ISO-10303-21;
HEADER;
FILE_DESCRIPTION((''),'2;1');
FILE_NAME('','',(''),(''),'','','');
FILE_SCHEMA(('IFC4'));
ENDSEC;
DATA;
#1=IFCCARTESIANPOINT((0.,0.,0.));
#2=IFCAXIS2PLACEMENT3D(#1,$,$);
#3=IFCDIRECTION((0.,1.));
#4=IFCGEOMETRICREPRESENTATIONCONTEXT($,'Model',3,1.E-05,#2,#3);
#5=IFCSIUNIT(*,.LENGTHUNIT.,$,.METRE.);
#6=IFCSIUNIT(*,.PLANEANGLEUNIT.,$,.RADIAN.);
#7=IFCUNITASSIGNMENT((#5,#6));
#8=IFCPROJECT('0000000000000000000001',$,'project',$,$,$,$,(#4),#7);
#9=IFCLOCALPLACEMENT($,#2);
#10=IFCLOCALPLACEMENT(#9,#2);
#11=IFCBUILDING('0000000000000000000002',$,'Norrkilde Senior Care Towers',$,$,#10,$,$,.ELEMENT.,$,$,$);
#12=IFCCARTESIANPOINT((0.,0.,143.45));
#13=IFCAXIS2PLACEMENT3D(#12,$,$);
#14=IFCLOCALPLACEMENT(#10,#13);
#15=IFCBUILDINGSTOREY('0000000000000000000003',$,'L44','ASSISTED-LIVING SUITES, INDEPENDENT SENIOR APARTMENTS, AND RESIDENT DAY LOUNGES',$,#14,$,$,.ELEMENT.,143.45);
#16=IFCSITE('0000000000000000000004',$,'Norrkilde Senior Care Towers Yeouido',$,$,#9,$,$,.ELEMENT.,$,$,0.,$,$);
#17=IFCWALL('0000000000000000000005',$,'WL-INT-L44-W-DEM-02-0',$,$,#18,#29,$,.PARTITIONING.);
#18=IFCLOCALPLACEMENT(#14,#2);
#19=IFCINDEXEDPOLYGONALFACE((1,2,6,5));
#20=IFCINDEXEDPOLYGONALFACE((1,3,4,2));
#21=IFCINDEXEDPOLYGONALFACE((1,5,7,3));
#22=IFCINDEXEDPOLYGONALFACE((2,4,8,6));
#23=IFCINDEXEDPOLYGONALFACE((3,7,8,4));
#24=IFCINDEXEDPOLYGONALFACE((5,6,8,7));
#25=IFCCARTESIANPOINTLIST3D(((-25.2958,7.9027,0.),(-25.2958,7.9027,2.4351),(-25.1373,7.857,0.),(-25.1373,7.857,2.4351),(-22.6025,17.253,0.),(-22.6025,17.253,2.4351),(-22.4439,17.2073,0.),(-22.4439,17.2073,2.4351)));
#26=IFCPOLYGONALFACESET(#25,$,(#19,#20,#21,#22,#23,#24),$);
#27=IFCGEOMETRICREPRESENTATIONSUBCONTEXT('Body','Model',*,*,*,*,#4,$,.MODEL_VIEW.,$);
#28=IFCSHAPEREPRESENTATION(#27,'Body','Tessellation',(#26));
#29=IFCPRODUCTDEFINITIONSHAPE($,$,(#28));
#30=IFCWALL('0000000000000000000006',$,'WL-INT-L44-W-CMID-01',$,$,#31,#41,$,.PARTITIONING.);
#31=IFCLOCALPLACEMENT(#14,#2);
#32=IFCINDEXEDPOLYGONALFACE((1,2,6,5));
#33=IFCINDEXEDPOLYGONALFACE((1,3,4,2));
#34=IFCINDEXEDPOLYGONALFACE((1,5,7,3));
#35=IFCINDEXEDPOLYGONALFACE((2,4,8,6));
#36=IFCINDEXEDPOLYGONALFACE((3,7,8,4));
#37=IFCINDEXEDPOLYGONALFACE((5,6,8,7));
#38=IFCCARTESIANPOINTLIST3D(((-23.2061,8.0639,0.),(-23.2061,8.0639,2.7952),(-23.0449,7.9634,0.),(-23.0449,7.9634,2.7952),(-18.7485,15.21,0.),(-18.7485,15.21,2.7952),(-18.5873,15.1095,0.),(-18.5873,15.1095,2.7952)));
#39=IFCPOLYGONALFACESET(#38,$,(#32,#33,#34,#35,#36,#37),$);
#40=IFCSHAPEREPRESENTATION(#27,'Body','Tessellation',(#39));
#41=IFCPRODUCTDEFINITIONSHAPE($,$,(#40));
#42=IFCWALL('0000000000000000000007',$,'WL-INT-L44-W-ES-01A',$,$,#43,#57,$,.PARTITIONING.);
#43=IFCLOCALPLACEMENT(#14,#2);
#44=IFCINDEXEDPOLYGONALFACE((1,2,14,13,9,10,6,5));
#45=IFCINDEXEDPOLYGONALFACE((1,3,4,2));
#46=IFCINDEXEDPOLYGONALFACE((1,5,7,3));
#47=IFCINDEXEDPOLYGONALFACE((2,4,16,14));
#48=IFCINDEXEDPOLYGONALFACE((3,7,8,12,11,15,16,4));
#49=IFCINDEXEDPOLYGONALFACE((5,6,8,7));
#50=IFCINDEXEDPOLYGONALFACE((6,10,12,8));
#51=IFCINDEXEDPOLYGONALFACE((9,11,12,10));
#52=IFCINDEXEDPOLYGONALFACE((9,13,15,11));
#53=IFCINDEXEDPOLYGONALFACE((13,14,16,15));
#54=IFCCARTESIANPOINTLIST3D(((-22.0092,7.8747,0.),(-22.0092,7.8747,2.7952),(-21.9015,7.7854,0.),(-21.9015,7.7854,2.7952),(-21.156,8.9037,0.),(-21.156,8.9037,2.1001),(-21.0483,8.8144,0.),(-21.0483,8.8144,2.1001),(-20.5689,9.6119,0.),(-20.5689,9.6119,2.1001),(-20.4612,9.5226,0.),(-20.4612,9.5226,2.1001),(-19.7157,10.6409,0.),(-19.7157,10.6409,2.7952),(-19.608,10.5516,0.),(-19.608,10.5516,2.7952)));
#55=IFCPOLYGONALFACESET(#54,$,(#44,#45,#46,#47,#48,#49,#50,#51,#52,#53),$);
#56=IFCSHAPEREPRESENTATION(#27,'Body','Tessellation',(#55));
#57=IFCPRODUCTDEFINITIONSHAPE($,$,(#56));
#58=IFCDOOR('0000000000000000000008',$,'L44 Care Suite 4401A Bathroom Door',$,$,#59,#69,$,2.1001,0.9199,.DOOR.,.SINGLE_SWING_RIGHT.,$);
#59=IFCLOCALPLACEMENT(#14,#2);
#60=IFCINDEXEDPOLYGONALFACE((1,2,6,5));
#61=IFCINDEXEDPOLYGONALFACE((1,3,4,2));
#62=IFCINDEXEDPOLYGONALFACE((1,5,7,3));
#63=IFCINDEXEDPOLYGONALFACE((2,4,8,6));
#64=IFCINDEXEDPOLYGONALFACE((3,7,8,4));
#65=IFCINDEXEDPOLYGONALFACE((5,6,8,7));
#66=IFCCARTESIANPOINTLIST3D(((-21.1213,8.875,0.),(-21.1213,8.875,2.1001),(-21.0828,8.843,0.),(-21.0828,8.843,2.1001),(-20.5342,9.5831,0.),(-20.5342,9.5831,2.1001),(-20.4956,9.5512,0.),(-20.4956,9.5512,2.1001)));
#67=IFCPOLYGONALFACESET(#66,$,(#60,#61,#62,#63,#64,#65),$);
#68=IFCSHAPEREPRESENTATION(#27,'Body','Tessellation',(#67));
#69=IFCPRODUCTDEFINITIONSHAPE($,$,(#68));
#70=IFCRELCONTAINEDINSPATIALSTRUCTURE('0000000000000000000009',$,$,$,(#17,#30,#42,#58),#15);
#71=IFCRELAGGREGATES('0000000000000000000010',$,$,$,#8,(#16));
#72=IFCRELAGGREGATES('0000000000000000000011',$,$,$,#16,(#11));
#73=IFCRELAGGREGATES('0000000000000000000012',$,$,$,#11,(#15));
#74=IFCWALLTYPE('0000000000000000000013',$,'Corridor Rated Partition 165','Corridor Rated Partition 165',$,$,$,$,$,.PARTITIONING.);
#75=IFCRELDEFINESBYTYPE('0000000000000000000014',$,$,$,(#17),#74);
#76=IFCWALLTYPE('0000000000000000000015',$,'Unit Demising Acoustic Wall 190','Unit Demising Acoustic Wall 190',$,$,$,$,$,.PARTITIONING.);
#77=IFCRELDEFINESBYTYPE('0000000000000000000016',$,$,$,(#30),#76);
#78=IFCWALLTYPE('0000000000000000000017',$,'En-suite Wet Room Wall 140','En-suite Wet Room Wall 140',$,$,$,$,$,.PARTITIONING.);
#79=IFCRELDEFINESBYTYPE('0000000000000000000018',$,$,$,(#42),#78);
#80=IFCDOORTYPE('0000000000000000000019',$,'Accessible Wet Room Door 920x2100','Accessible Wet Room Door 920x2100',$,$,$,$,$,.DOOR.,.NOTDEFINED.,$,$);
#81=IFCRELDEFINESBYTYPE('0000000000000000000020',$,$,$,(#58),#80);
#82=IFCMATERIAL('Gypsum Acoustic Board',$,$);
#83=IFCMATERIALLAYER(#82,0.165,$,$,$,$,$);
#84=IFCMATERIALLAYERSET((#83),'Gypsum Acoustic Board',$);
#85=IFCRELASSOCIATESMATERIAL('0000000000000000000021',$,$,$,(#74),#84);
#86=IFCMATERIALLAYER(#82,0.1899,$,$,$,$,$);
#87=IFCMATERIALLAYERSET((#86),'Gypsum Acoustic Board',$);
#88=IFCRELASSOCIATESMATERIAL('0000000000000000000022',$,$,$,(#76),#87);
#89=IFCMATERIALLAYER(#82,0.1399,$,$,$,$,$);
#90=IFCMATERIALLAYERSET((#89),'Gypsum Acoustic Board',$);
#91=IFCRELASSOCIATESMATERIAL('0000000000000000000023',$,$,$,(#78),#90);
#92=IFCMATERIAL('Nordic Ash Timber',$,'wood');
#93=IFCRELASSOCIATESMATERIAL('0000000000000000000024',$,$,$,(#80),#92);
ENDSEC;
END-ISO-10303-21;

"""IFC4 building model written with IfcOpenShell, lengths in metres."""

from ifc_helpers import new_model, si_unit, direction, frame, frame_2d, origin, place, context, subcontext, project, spatial, rectangle, extrude, source, transform, mapped, material, layer, layer_set, type_object, type_shapes, element, fill, save


model = new_model("IFC4")

# Units and contexts
model_context = context("Model", 3, precision=1e-05, world=origin(), true_north=direction((0.0, 1.0)))
body_context = subcontext(model_context, "Body", "Model", "MODEL_VIEW")
ifc_project = project(units=[si_unit("LENGTHUNIT", "METRE"), si_unit("PLANEANGLEUNIT", "RADIAN")], contexts=[model_context])

# Site, building, storey
site_placement = place(None, origin())
site = spatial("IfcSite", under=ifc_project, at=site_placement, Name="Norrkilde Senior Care Towers Yeouido", CompositionType="ELEMENT", RefElevation=0.0)
building_placement = place(site_placement, origin())
building = spatial("IfcBuilding", under=site, at=building_placement, Name="Norrkilde Senior Care Towers", CompositionType="ELEMENT")
storey_placement = place(building_placement, frame((0.0, 0.0, 143.45)))
storey = spatial("IfcBuildingStorey", under=building, at=storey_placement, Name="L44", Description="ASSISTED-LIVING SUITES, INDEPENDENT SENIOR APARTMENTS, AND RESIDENT DAY LOUNGES", CompositionType="ELEMENT", Elevation=143.45)

# Walls
ifc_material_1 = material(Name="Gypsum Acoustic Board")
ifc_layer_1 = layer(ifc_material_1, 0.165)
ifc_layer_set_1 = layer_set([ifc_layer_1], Name="Gypsum Acoustic Board")
wall_type_1 = type_object("IfcWallType", Name="Corridor Rated Partition 165", Description="Corridor Rated Partition 165", PredefinedType="PARTITIONING", material=ifc_layer_set_1)
shared_shape_1 = source(origin(), body_context, "Body", "SweptSolid", [
    extrude(rectangle(XDim=9.7305, YDim=0.165, at=frame_2d((4.8652, 0.0))), origin(), (0.0, 0.0, 1.0), 2.4351),
])
wall_1_placement = place(storey_placement, frame((-25.2166, 7.8799, 0.0), z_axis=(0.0, 0.0, 1.0), x_axis=(0.276795, 0.960929, 0.0)))
element("IfcWall", 1, at=wall_1_placement, inside=storey, type_object=wall_type_1, Name="WL-INT-L44-W-DEM-02-0", PredefinedType="PARTITIONING", context=body_context, shape_type="MappedRepresentation", body=[
    mapped(shared_shape_1, transform((0.0, 0.0, 0.0), x_axis=(1.0, 0.0, 0.0), y_axis=(0.0, 1.0, 0.0), z_axis=(0.0, 0.0, 1.0), scale=1.0)),
])
ifc_layer_2 = layer(ifc_material_1, 0.1899)
ifc_layer_set_2 = layer_set([ifc_layer_2], Name="Gypsum Acoustic Board")
wall_type_2 = type_object("IfcWallType", Name="Unit Demising Acoustic Wall 190", Description="Unit Demising Acoustic Wall 190", PredefinedType="PARTITIONING", material=ifc_layer_set_2)
shared_shape_2 = source(origin(), body_context, "Body", "SweptSolid", [
    extrude(rectangle(XDim=8.4224, YDim=0.1899, at=frame_2d((4.2112, 0.0))), origin(), (0.0, 0.0, 1.0), 2.7952),
])
type_shapes(wall_type_2, [shared_shape_2])
wall_2_placement = place(storey_placement, frame((-23.1255, 8.0137, 0.0), z_axis=(0.0, 0.0, 1.0), x_axis=(0.529254, 0.848464, 0.0)))
element("IfcWall", 2, at=wall_2_placement, inside=storey, type_object=wall_type_2, Name="WL-INT-L44-W-CMID-01", PredefinedType="PARTITIONING", context=body_context, shape_type="MappedRepresentation", body=[
    mapped(shared_shape_2, transform((0.0, 0.0, 0.0), x_axis=(1.0, 0.0, 0.0), y_axis=(0.0, 1.0, 0.0), z_axis=(0.0, 0.0, 1.0), scale=1.0)),
])

# Wall, opening, door
ifc_layer_3 = layer(ifc_material_1, 0.1399)
ifc_layer_set_3 = layer_set([ifc_layer_3], Name="Gypsum Acoustic Board")
wall_type_3 = type_object("IfcWallType", Name="En-suite Wet Room Wall 140", Description="En-suite Wet Room Wall 140", PredefinedType="PARTITIONING", material=ifc_layer_set_3)
shared_shape_3 = source(origin(), body_context, "Body", "SweptSolid", [
    extrude(rectangle(XDim=3.5933, YDim=0.1399, at=frame_2d((1.7966, 0.0))), origin(), (0.0, 0.0, 1.0), 2.7952),
])
type_shapes(wall_type_3, [shared_shape_3])
wall_3_placement = place(storey_placement, frame((-21.9553, 7.8301, 0.0), z_axis=(0.0, 0.0, 1.0), x_axis=(0.638271, 0.769812, 0.0)))
wall_3 = element("IfcWall", 3, at=wall_3_placement, inside=storey, type_object=wall_type_3, Name="WL-INT-L44-W-ES-01A", PredefinedType="PARTITIONING", context=body_context, shape_type="MappedRepresentation", body=[
    mapped(shared_shape_3, transform((0.0, 0.0, 0.0), x_axis=(1.0, 0.0, 0.0), y_axis=(0.0, 1.0, 0.0), z_axis=(0.0, 0.0, 1.0), scale=1.0)),
])
opening_placement = place(wall_3_placement, frame((1.3367, 0.0, 0.0)))
opening = element("IfcOpeningElement", 4, at=opening_placement, cuts=wall_3, PredefinedType="OPENING", context=body_context, shape_type="SweptSolid", body=[
    extrude(rectangle(XDim=0.9199, YDim=2.1001, at=frame_2d((0.46, 1.05))), frame((0.0, 0.0798, 0.0), z_axis=(0.0, -1.0, 0.0), x_axis=(1.0, 0.0, 0.0)), (0.0, 0.0, 1.0), 0.1599),
])
ifc_material_2 = material(Name="Nordic Ash Timber", Category="wood")
door_type = type_object("IfcDoorType", Name="Accessible Wet Room Door 920x2100", Description="Accessible Wet Room Door 920x2100", OperationType="NOTDEFINED", PredefinedType="DOOR", material=ifc_material_2)
shared_shape_4 = source(origin(), body_context, "Body", "SweptSolid", [
    extrude(rectangle(XDim=0.9199, YDim=2.1001, at=frame_2d((0.46, 1.05))), frame((0.0, 0.0249, 0.0), z_axis=(0.0, -1.0, 0.0), x_axis=(1.0, 0.0, 0.0)), (0.0, 0.0, 1.0), 0.05),
])
type_shapes(door_type, [shared_shape_4])
door_placement = place(opening_placement, origin())
door = element("IfcDoor", 5, at=door_placement, inside=storey, type_object=door_type, Name="L44 Care Suite 4401A Bathroom Door", OperationType="SINGLE_SWING_RIGHT", OverallHeight=2.1001, OverallWidth=0.9199, PredefinedType="DOOR", context=body_context, shape_type="MappedRepresentation", body=[
    mapped(shared_shape_4, transform((0.0, 0.0, 0.0), x_axis=(1.0, 0.0, 0.0), y_axis=(0.0, 1.0, 0.0), z_axis=(0.0, 0.0, 1.0), scale=1.0)),
])
fill(opening, door)

save(model, "model.ifc")
